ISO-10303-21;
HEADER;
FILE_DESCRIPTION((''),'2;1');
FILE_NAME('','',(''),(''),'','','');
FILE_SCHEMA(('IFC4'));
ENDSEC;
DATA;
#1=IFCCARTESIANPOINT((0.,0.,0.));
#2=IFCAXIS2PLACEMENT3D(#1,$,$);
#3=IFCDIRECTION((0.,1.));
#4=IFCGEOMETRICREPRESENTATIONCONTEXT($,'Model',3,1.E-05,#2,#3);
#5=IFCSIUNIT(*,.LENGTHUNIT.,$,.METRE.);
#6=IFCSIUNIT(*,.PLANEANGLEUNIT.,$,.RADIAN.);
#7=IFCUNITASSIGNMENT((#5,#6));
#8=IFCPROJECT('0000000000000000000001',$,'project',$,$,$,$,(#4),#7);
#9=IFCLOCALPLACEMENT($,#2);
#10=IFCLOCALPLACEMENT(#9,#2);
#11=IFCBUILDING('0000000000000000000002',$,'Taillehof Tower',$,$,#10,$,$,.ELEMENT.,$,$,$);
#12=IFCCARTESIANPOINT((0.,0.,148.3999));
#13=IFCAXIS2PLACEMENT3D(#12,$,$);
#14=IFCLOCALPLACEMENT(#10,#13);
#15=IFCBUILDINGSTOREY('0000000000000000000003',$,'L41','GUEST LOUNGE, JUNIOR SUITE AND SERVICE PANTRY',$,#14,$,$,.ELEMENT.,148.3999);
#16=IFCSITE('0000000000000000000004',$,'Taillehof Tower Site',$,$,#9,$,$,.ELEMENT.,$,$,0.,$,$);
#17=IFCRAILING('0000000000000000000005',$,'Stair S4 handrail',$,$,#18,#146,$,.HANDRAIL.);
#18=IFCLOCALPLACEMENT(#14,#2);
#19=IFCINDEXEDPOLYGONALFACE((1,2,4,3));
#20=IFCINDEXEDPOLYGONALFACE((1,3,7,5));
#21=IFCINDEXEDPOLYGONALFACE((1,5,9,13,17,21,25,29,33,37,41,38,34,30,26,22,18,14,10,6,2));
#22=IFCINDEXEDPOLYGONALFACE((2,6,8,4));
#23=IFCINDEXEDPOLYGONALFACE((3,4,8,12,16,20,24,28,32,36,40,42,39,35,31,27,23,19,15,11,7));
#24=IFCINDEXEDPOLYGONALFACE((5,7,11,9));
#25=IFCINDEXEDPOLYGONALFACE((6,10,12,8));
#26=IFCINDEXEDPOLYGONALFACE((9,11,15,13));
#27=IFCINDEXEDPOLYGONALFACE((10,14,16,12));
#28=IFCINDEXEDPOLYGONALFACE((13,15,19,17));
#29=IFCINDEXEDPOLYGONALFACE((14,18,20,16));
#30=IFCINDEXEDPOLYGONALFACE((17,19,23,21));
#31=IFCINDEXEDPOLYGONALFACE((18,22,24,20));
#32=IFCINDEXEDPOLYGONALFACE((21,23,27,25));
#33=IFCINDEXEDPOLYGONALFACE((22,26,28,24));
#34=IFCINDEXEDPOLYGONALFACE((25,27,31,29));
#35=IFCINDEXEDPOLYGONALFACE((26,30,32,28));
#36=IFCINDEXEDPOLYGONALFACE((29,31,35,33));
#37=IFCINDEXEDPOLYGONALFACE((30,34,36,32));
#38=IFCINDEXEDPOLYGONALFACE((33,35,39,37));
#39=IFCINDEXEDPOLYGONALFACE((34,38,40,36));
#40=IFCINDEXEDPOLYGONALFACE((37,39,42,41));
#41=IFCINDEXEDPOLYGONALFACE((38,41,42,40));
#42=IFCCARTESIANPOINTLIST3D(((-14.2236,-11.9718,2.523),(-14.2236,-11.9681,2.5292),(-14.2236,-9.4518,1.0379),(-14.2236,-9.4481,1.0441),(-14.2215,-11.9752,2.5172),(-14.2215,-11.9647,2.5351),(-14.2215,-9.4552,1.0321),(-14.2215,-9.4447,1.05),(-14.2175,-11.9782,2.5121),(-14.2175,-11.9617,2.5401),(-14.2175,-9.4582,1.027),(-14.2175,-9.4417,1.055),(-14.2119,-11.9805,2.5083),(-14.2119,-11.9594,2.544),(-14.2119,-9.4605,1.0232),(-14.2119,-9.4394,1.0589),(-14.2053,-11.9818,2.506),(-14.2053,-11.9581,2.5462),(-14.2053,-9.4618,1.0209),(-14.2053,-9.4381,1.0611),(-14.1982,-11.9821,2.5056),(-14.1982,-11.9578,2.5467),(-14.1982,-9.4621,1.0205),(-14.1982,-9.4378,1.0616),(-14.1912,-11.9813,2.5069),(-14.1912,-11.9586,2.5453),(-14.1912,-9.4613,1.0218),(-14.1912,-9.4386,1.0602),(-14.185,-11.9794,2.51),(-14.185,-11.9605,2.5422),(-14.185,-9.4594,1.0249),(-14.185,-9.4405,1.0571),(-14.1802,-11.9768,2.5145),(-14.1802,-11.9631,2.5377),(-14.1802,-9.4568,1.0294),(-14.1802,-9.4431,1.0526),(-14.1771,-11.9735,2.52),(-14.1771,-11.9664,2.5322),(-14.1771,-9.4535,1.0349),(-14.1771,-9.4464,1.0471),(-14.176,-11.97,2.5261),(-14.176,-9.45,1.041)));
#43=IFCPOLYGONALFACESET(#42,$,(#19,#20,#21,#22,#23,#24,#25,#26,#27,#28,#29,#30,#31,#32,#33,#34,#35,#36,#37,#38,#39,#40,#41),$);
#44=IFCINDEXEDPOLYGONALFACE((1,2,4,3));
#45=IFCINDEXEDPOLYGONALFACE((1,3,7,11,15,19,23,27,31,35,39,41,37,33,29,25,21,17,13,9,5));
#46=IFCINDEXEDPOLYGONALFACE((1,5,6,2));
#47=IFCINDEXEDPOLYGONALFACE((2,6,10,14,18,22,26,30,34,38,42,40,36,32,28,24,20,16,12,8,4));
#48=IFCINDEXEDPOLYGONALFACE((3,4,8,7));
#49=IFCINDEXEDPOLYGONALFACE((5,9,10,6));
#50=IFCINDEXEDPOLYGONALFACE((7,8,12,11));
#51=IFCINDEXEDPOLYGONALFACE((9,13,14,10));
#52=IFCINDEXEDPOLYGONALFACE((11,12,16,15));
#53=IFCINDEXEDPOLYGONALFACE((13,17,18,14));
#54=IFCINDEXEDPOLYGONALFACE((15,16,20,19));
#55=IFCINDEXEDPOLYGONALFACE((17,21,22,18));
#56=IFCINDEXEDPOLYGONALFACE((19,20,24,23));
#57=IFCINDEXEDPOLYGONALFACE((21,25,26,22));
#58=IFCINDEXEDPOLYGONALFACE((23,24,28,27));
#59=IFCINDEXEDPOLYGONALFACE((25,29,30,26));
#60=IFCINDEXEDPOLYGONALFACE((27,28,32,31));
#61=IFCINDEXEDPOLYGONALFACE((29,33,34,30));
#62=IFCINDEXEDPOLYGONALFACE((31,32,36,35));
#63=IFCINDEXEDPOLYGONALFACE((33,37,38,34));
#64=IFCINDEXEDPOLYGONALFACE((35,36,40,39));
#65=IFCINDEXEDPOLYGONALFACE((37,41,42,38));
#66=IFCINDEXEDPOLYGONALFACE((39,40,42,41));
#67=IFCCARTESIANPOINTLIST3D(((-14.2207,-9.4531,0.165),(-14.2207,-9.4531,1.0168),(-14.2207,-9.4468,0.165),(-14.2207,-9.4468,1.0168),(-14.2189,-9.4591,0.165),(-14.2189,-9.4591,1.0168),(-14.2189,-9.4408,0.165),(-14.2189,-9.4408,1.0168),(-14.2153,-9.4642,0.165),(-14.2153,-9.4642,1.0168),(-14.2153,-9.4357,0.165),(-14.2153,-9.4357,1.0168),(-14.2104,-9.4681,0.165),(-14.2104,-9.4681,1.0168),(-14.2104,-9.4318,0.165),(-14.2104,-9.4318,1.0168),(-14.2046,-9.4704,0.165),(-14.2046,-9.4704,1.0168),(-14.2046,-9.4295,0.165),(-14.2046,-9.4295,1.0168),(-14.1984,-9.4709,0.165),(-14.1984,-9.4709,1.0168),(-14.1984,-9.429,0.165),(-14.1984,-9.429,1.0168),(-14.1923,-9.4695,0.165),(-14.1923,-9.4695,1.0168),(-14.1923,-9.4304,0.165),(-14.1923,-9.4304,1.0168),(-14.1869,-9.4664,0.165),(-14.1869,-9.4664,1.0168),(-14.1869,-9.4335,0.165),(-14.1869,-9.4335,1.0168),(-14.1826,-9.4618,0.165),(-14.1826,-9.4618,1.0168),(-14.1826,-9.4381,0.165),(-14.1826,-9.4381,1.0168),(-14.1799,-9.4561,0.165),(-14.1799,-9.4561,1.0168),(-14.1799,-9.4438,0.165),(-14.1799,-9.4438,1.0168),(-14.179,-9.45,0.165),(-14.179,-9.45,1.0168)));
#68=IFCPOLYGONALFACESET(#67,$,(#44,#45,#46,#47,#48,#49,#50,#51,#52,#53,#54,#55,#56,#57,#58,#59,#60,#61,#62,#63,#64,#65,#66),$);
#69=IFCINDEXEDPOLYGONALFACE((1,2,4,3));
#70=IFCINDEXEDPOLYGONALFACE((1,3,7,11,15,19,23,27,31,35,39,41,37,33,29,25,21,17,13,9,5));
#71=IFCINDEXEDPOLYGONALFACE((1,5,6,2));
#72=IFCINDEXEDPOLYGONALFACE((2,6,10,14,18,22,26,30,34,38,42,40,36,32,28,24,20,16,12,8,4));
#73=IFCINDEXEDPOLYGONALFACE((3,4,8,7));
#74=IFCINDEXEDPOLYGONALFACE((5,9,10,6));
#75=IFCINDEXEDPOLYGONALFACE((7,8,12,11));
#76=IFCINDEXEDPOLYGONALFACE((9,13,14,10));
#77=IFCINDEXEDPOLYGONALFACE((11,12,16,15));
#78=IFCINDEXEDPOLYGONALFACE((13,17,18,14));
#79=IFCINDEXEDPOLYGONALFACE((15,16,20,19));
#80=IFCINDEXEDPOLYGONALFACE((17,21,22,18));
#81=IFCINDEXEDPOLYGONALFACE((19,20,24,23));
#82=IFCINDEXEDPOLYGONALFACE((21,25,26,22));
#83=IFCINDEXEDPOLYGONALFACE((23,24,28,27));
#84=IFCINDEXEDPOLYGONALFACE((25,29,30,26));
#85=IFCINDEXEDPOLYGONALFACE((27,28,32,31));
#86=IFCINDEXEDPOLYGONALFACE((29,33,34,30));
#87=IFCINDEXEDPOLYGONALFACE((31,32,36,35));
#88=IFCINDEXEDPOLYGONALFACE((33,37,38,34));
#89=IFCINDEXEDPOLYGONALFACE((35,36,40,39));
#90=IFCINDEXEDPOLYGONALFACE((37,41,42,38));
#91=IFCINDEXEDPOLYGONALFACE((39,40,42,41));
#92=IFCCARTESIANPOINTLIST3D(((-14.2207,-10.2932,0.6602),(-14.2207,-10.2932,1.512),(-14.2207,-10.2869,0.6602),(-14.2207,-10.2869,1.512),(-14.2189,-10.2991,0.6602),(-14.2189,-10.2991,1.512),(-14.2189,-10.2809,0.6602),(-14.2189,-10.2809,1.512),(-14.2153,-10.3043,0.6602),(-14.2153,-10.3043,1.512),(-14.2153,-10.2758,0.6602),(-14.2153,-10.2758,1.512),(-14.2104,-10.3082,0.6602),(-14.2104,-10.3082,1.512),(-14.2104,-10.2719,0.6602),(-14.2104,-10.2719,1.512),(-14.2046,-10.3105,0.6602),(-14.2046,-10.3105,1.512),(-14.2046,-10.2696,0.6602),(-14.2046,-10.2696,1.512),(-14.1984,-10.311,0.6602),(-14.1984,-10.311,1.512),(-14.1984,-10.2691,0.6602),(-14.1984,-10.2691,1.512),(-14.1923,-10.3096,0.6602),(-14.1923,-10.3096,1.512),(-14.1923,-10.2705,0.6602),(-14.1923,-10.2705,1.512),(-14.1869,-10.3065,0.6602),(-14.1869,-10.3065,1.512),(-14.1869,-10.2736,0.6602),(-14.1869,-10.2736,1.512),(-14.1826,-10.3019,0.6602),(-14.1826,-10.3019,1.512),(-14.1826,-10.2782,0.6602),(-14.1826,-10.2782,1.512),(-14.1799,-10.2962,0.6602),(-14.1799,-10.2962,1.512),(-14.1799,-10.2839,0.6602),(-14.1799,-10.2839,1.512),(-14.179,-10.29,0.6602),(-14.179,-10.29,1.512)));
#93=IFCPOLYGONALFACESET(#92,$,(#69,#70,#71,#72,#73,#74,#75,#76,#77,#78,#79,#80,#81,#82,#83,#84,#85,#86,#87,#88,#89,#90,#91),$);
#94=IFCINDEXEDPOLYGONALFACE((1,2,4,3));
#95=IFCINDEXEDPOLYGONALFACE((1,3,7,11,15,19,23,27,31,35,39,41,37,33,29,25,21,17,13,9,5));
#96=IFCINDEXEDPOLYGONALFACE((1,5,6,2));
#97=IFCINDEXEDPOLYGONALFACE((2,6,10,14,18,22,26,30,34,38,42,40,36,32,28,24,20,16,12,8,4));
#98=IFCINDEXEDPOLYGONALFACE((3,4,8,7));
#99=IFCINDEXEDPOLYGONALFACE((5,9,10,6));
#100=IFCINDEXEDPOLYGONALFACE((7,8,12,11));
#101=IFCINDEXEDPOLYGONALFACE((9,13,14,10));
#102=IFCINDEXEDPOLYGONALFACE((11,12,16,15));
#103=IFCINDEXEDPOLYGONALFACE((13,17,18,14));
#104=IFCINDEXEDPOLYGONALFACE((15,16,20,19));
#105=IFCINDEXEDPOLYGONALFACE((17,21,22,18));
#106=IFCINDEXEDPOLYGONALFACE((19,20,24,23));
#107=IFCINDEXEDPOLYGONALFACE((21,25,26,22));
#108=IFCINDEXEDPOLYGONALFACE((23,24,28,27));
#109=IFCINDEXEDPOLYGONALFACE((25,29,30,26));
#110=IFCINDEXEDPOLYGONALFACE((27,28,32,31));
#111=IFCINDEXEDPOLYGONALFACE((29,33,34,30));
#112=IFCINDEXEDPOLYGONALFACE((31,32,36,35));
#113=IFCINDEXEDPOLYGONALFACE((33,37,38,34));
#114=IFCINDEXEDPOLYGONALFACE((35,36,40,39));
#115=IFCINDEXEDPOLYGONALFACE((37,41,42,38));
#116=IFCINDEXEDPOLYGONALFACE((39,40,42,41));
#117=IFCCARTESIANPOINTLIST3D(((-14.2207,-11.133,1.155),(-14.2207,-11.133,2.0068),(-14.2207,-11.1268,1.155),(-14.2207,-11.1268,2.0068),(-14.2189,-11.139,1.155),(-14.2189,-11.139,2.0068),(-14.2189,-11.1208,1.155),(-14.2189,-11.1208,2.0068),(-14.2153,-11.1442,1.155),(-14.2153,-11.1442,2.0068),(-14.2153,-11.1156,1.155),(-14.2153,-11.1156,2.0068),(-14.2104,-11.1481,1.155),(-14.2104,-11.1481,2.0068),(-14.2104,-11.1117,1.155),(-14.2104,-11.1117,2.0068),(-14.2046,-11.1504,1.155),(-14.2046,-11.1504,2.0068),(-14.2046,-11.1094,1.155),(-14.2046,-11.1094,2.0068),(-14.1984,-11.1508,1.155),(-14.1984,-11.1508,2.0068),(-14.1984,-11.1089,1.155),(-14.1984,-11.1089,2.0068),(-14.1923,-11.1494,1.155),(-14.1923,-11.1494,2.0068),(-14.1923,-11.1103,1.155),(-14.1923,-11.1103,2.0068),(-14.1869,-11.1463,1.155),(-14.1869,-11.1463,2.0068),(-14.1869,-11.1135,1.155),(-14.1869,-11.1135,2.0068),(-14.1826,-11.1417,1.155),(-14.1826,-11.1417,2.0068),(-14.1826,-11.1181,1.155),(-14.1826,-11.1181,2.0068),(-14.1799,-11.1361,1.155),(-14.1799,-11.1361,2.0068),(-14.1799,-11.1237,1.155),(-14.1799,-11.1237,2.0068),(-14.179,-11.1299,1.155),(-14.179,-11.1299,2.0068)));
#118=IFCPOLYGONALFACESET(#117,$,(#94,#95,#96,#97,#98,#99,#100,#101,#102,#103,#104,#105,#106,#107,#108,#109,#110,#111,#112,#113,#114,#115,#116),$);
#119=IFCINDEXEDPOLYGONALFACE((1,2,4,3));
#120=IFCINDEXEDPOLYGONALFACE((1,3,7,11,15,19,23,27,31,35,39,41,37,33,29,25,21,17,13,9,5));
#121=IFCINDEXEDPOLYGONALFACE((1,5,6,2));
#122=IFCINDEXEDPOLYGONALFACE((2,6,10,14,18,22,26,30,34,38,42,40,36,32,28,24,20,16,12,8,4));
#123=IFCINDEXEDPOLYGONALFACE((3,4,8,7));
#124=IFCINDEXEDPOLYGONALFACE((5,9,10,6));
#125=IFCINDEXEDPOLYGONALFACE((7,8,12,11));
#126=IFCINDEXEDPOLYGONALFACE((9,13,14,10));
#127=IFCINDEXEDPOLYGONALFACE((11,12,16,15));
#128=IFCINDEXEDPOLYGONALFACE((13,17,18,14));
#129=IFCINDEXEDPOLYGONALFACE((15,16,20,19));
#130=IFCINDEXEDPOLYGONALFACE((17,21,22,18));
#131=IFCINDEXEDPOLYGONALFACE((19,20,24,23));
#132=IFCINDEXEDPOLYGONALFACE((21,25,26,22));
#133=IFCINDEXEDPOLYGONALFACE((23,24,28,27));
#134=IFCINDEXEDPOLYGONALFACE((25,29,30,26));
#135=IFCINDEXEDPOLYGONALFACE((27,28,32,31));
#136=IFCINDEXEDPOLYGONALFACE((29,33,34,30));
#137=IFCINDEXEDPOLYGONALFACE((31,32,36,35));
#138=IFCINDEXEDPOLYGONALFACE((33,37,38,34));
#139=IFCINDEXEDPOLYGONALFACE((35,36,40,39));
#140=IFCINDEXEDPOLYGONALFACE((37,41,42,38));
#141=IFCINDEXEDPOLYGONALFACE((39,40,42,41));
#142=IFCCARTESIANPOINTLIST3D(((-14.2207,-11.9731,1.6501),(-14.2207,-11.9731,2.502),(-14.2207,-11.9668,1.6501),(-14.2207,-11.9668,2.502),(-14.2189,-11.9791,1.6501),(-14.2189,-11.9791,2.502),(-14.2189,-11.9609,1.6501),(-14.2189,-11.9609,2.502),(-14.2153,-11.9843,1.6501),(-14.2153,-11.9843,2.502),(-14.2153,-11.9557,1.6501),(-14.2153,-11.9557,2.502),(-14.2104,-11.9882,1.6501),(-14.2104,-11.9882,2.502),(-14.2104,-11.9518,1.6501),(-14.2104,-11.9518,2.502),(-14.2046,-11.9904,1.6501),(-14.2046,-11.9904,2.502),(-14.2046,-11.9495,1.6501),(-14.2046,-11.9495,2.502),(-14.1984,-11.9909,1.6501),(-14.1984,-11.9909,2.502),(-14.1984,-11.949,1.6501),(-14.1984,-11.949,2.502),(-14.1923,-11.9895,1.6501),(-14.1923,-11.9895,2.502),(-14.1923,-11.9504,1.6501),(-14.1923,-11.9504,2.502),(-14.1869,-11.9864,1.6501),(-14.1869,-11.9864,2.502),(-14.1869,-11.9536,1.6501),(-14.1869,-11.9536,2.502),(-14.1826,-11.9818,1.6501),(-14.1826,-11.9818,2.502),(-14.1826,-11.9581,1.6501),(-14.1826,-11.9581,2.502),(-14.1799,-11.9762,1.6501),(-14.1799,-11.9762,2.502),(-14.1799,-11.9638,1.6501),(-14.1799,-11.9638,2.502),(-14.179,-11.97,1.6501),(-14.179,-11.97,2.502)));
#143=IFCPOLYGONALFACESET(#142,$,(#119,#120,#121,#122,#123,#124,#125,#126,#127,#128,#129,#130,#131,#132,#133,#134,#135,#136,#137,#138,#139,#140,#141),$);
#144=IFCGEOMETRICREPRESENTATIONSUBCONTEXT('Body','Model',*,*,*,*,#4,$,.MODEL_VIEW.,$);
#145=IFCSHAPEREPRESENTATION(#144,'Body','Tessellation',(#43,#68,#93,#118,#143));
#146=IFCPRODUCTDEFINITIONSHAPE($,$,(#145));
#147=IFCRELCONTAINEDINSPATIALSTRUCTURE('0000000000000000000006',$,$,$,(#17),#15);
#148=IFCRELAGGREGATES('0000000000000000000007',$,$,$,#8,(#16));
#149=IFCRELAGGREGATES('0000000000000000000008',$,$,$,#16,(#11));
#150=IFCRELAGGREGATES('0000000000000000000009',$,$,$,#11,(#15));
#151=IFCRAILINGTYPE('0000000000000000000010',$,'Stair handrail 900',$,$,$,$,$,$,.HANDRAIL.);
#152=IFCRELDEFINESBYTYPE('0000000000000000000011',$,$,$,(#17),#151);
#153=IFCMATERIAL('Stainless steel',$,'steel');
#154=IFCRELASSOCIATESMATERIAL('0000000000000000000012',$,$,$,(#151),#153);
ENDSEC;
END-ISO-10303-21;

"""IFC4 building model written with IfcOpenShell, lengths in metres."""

from ifc_helpers import new_model, si_unit, direction, frame, origin, origin_2d, place, context, subcontext, project, spatial, circle, extrude, material, type_object, element, save


model = new_model("IFC4")

# Units and contexts
model_context = context("Model", 3, precision=1e-05, world=origin(), true_north=direction((0.0, 1.0)))
body_context = subcontext(model_context, "Body", "Model", "MODEL_VIEW")
ifc_project = project(units=[si_unit("LENGTHUNIT", "METRE"), si_unit("PLANEANGLEUNIT", "RADIAN")], contexts=[model_context])

# Site, building, storey
site_placement = place(None, origin())
site = spatial("IfcSite", under=ifc_project, at=site_placement, Name="Taillehof Tower Site", CompositionType="ELEMENT", RefElevation=0.0)
building_placement = place(site_placement, origin())
building = spatial("IfcBuilding", under=site, at=building_placement, Name="Taillehof Tower", CompositionType="ELEMENT")
storey_placement = place(building_placement, frame((0.0, 0.0, 148.3999)))
storey = spatial("IfcBuildingStorey", under=building, at=storey_placement, Name="L41", Description="GUEST LOUNGE, JUNIOR SUITE AND SERVICE PANTRY", CompositionType="ELEMENT", Elevation=148.3999)

# Railing
ifc_material_1 = material(Name="Stainless steel", Category="steel")
railing_type = type_object("IfcRailingType", Name="Stair handrail 900", PredefinedType="HANDRAIL", material=ifc_material_1)
railing_placement = place(storey_placement, frame((-14.2, -9.45, 0.165)))
element("IfcRailing", 1, at=railing_placement, inside=storey, type_object=railing_type, Name="Stair S4 handrail", PredefinedType="HANDRAIL", context=body_context, shape_type="SweptSolid", body=[
    extrude(circle(Radius=0.0239, at=origin_2d()), frame((0.0, 0.0, 0.876), z_axis=(0.0, -0.861524, 0.507717), x_axis=(1.0, 0.0, 0.0)), (0.0, 0.0, 1.0), 2.925),
    extrude(circle(Radius=0.021, at=origin_2d()), origin(), (0.0, 0.0, 1.0), 0.8518),
    extrude(circle(Radius=0.021, at=origin_2d()), frame((0.0, -0.8401, 0.4951)), (0.0, 0.0, 1.0), 0.8518),
    extrude(circle(Radius=0.021, at=origin_2d()), frame((0.0, -1.6799, 0.99)), (0.0, 0.0, 1.0), 0.8518),
    extrude(circle(Radius=0.021, at=origin_2d()), frame((0.0, -2.52, 1.4851)), (0.0, 0.0, 1.0), 0.8518),
])

save(model, "model.ifc")
